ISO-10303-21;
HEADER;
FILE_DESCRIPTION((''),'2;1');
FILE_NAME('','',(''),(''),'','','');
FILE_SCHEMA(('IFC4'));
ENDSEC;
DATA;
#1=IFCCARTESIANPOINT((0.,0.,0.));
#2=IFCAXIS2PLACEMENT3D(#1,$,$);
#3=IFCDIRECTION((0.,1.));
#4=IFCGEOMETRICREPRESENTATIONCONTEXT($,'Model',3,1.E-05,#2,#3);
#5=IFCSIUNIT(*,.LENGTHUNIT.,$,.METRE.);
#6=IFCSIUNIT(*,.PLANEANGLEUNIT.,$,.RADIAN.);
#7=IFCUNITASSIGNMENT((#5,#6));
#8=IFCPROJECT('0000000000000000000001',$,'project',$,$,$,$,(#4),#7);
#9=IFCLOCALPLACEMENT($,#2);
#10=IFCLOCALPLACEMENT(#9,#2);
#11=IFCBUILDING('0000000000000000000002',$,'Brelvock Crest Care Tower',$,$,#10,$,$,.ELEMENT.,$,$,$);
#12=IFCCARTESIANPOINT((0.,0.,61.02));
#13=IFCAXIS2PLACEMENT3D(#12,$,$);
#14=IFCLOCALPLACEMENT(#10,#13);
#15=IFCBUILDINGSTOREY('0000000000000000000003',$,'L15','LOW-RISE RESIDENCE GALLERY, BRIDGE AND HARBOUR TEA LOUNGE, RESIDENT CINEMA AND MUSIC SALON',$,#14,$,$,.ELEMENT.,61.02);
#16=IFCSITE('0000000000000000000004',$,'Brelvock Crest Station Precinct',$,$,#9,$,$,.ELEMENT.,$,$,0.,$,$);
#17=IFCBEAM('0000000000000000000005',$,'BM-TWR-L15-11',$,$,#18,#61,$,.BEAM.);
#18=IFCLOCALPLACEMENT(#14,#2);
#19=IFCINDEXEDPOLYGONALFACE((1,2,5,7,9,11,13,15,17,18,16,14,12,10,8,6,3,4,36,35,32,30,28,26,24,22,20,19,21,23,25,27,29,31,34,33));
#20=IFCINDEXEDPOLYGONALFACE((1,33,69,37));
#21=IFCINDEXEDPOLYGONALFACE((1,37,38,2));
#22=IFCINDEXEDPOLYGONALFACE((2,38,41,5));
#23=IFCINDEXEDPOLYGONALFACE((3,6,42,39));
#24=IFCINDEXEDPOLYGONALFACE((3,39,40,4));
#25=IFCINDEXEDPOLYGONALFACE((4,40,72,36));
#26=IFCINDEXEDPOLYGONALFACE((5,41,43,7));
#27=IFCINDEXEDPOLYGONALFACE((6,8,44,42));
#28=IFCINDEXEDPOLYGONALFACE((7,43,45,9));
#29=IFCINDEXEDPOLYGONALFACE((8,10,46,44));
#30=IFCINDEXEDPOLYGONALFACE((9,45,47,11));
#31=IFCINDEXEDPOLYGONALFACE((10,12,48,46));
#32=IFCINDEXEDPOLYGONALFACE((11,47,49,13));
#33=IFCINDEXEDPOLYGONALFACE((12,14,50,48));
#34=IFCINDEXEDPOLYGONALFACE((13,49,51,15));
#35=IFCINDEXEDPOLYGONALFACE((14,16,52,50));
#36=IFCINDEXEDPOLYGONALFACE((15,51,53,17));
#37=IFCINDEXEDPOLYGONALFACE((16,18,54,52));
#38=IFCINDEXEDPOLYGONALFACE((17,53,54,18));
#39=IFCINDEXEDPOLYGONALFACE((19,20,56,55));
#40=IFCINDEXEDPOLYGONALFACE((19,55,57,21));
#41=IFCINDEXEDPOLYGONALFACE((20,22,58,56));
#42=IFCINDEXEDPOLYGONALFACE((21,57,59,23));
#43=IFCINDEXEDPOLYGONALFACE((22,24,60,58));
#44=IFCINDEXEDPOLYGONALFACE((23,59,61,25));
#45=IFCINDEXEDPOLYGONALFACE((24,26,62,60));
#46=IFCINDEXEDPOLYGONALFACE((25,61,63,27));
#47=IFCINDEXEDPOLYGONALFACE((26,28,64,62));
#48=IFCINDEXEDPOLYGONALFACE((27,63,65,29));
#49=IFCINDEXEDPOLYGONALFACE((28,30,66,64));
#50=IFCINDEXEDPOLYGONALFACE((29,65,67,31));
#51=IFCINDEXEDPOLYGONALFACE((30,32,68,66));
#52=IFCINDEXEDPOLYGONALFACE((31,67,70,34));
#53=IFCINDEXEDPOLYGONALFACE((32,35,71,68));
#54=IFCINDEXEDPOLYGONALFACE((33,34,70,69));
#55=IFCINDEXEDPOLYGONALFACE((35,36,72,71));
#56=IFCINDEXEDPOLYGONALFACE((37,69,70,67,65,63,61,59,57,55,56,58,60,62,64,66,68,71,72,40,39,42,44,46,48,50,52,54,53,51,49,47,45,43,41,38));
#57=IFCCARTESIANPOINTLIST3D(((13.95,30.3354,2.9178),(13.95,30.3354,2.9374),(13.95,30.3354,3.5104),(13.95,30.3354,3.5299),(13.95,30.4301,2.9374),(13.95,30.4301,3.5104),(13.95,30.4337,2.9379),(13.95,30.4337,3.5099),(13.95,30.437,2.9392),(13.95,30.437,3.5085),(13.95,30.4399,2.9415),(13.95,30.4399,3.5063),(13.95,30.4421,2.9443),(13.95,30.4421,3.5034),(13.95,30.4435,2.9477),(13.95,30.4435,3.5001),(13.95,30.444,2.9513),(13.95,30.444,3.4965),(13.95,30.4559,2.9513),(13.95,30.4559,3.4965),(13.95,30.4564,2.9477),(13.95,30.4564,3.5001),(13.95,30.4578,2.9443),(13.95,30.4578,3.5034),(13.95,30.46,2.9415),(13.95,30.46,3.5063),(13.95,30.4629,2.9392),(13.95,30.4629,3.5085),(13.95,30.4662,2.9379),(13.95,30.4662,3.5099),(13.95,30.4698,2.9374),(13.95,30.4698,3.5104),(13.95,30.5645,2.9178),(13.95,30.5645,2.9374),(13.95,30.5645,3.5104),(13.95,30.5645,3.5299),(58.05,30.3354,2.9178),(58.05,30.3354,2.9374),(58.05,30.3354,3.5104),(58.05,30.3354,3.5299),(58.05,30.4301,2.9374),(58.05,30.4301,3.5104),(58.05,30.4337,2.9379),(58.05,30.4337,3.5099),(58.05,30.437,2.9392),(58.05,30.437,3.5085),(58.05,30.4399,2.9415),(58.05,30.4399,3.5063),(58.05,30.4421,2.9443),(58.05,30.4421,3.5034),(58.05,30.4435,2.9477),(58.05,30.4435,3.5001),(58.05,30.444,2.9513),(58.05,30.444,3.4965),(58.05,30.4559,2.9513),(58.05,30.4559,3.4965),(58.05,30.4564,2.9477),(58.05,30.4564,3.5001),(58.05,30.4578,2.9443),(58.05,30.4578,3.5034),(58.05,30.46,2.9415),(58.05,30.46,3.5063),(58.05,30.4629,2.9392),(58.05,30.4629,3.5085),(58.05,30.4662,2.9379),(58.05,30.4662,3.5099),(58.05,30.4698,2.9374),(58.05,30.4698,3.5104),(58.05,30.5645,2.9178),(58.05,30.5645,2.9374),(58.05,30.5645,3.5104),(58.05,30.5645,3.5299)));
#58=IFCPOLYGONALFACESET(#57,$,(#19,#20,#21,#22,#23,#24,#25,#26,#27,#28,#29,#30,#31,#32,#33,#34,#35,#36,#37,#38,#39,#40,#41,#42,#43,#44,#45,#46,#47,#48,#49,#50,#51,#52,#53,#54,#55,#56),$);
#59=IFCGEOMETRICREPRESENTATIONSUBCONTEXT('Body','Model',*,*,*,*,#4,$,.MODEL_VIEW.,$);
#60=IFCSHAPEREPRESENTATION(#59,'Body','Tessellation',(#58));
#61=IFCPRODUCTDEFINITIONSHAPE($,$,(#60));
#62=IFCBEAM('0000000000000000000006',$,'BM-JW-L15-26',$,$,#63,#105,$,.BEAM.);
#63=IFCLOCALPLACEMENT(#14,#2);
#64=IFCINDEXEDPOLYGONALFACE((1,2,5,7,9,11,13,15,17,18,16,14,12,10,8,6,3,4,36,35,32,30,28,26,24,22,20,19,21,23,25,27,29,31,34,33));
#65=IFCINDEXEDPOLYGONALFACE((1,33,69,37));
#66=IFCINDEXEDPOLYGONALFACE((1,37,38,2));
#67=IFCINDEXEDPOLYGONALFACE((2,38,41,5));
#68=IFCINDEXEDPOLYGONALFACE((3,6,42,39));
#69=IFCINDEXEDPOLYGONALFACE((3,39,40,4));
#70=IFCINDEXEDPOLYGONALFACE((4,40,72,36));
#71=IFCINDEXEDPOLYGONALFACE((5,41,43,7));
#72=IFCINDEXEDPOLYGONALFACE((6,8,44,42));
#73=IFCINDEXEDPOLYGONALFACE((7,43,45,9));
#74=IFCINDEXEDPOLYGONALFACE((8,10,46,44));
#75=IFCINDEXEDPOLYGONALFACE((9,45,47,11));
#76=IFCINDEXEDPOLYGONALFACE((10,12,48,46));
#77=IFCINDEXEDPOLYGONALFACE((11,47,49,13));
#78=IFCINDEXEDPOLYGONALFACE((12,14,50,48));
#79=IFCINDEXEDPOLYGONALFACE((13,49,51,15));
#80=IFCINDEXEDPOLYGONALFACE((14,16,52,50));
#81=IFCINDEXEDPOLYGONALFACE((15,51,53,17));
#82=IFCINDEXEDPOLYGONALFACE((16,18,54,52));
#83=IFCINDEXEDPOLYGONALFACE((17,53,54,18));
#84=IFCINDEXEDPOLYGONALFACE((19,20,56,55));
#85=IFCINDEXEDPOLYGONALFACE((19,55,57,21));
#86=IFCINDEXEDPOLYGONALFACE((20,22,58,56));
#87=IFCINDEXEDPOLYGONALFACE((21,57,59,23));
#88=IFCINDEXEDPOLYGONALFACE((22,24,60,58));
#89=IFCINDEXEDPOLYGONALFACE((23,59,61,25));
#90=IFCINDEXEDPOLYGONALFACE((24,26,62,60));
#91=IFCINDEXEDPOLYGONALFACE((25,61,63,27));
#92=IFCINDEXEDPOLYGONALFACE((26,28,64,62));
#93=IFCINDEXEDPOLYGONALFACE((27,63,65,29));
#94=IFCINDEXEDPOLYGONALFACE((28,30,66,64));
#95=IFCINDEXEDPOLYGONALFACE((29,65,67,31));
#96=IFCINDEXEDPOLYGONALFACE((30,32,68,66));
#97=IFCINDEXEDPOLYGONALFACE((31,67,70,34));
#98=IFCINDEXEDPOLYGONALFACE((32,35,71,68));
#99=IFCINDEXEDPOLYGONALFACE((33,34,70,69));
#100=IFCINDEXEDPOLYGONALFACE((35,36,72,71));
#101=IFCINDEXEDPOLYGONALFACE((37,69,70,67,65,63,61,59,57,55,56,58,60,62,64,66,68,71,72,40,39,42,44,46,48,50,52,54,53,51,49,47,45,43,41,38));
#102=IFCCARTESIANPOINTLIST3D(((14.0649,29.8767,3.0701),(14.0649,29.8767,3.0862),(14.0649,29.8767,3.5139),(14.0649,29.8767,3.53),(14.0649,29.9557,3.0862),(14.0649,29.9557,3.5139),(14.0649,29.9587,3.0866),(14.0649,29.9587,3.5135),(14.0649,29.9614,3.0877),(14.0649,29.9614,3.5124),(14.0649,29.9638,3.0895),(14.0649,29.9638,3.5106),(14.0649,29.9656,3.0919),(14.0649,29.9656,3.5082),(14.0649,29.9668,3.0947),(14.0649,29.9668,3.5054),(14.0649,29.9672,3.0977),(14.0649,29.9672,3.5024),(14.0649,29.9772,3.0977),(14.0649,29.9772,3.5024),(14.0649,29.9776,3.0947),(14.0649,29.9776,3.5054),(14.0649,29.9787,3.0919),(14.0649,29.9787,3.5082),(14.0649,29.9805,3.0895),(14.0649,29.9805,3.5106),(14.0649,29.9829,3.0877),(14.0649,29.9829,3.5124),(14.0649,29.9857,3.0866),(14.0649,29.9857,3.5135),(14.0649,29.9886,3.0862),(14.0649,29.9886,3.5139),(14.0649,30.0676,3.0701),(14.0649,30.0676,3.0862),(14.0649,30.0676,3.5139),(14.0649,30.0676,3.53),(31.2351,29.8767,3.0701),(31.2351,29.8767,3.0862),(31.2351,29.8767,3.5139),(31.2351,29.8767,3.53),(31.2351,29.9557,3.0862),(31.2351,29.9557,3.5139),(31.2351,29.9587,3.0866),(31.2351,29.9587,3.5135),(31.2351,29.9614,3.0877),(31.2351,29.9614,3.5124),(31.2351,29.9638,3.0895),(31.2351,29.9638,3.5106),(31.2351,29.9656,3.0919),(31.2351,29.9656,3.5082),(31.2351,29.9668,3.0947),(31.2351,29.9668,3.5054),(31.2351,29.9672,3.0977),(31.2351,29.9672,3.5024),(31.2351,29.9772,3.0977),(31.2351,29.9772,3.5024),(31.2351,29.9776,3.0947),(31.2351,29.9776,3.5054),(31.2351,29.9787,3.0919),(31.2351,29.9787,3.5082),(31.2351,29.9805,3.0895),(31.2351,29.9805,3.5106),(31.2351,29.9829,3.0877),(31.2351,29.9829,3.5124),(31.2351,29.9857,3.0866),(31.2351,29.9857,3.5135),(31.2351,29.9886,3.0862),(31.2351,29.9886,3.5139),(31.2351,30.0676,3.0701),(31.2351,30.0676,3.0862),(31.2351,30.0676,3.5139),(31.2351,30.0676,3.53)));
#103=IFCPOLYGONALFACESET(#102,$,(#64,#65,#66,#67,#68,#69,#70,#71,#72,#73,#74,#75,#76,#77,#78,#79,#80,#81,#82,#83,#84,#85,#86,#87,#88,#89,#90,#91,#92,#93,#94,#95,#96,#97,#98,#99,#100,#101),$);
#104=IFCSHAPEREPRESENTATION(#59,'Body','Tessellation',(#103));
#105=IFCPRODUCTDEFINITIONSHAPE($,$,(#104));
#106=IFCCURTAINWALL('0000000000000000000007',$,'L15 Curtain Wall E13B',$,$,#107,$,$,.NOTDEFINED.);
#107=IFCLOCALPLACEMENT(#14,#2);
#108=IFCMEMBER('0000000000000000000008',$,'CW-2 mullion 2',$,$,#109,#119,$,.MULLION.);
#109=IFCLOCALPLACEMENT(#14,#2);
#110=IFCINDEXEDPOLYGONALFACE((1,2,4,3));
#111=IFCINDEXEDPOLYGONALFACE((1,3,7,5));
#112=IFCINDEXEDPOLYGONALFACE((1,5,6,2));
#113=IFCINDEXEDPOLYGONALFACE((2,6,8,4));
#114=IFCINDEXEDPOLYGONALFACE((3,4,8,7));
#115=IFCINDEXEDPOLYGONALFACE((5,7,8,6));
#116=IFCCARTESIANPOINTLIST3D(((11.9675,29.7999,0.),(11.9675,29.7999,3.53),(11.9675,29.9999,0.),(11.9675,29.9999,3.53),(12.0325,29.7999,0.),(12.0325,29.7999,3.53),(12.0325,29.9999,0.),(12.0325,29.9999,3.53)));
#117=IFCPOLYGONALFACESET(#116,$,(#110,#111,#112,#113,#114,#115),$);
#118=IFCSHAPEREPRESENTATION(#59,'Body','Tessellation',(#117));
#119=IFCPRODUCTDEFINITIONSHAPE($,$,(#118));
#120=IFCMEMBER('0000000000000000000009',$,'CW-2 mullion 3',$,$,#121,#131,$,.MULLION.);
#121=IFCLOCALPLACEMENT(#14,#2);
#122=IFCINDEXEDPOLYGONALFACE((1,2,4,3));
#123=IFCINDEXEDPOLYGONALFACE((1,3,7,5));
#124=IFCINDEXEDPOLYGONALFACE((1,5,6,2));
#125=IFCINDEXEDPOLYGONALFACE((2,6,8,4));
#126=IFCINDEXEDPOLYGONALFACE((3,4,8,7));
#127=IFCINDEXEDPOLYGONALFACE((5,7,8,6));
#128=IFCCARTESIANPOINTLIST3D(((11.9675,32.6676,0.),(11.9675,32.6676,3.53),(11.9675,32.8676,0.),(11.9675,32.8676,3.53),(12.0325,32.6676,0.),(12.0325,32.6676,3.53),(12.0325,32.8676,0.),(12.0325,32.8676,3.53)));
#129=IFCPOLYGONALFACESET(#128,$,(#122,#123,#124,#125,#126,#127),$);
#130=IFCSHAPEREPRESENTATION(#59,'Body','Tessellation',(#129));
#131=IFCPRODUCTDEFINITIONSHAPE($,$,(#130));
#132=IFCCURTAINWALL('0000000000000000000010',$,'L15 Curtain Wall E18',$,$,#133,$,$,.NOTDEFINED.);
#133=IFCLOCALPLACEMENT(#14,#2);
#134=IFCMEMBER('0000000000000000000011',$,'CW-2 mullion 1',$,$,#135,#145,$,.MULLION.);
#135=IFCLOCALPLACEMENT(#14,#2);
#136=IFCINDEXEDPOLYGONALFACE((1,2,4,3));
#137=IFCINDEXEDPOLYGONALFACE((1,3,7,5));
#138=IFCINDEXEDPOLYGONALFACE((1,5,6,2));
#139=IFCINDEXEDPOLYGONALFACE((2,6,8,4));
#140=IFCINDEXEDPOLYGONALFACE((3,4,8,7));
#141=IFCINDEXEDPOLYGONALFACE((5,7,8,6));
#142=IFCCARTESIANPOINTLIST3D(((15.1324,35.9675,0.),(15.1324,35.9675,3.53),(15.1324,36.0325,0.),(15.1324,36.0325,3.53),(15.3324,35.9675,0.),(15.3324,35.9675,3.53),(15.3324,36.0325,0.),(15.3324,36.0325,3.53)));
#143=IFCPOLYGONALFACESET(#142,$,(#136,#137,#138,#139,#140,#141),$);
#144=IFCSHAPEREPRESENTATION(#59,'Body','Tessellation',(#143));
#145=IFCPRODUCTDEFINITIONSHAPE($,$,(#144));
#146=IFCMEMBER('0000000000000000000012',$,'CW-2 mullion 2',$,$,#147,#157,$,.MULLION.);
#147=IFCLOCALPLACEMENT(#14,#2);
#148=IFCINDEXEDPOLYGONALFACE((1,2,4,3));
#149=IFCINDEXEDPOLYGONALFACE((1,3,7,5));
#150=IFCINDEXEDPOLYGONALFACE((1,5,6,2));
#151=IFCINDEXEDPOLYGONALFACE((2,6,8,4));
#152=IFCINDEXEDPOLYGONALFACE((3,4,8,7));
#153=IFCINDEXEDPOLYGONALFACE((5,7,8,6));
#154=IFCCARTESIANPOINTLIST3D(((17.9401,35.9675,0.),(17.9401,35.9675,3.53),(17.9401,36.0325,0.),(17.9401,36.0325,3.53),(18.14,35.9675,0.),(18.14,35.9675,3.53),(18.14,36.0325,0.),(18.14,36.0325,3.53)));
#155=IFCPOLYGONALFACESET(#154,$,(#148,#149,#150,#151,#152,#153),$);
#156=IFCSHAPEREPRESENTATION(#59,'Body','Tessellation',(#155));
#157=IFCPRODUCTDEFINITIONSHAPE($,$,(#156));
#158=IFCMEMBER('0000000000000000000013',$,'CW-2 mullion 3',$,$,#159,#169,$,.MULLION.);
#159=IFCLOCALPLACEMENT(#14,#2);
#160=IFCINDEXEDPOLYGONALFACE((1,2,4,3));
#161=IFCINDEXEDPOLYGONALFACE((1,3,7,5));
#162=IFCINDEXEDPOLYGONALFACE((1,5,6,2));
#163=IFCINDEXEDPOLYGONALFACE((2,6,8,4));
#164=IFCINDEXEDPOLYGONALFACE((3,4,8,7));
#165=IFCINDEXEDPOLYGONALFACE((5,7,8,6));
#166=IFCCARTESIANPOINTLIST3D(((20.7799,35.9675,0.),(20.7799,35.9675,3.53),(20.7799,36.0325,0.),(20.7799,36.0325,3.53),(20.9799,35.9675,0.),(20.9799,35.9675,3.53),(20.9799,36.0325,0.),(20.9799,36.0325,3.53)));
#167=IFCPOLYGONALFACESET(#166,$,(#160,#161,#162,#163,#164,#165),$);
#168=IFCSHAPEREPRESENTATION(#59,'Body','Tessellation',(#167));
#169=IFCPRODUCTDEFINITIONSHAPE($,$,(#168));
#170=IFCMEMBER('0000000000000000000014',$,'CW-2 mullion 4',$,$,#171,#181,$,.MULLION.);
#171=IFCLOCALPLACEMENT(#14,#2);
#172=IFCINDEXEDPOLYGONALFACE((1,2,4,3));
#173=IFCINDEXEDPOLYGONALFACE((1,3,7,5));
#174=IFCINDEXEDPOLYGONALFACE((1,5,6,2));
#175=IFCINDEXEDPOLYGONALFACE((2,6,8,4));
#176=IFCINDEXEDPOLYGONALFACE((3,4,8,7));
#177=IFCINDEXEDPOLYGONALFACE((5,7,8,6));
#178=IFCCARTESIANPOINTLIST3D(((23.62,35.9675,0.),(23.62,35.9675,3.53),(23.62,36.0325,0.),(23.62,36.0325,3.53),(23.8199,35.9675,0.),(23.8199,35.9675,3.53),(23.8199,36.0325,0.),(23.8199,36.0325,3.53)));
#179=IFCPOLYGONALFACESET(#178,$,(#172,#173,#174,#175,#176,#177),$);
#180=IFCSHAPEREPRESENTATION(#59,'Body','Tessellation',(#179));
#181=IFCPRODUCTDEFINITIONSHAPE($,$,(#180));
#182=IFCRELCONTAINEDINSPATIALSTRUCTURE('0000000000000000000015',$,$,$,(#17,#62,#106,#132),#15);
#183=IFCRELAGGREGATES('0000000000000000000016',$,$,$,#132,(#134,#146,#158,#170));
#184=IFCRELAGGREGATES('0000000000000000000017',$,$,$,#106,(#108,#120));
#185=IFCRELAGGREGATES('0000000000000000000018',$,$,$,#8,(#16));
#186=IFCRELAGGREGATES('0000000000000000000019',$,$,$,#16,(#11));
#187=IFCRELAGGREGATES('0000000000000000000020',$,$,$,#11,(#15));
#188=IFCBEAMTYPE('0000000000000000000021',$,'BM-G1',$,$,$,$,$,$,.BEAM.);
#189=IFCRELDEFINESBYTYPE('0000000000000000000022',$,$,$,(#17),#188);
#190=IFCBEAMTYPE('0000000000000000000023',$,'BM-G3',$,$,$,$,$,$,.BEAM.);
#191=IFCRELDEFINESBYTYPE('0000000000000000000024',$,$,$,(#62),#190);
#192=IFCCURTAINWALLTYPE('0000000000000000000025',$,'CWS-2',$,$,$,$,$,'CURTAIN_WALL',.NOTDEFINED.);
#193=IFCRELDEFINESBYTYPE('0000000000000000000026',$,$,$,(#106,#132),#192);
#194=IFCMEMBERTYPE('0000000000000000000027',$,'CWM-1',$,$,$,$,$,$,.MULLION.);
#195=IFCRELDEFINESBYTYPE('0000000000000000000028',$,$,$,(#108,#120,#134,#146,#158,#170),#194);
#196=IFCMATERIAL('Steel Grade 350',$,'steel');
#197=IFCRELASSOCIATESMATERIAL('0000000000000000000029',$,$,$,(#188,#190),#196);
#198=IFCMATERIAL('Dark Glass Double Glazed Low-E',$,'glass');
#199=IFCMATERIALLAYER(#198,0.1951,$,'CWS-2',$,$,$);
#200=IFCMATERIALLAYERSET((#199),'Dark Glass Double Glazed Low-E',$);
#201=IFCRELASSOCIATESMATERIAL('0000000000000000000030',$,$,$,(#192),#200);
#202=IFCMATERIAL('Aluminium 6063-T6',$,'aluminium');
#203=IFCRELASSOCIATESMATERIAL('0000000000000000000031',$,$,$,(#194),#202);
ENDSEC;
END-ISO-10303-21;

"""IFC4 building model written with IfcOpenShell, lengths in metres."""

from ifc_helpers import new_model, si_unit, direction, frame, origin, origin_2d, place, context, subcontext, project, spatial, rectangle, i_section, extrude, source, transform, mapped, material, layer, layer_set, material_profile, profile_set, type_object, element, aggregate, save


model = new_model("IFC4")

# Units and contexts
model_context = context("Model", 3, precision=1e-05, world=origin(), true_north=direction((0.0, 1.0)))
body_context = subcontext(model_context, "Body", "Model", "MODEL_VIEW")
ifc_project = project(units=[si_unit("LENGTHUNIT", "METRE"), si_unit("PLANEANGLEUNIT", "RADIAN")], contexts=[model_context])

# Site, building, storey
site_placement = place(None, origin())
site = spatial("IfcSite", under=ifc_project, at=site_placement, Name="Brelvock Crest Station Precinct", CompositionType="ELEMENT", RefElevation=0.0)
building_placement = place(site_placement, origin())
building = spatial("IfcBuilding", under=site, at=building_placement, Name="Brelvock Crest Care Tower", CompositionType="ELEMENT")
storey_placement = place(building_placement, frame((0.0, 0.0, 61.02)))
storey = spatial("IfcBuildingStorey", under=building, at=storey_placement, Name="L15", Description="LOW-RISE RESIDENCE GALLERY, BRIDGE AND HARBOUR TEA LOUNGE, RESIDENT CINEMA AND MUSIC SALON", CompositionType="ELEMENT", Elevation=61.02)

# Shared definitions
ifc_material_1 = material(Name="Steel Grade 350", Category="steel")

# Beams
ifc_material_profile_1 = material_profile(ifc_material_1, i_section(OverallWidth=0.229, OverallDepth=0.6121, WebThickness=0.012, FlangeThickness=0.0195, FilletRadius=0.0139, at=origin_2d()), Name="610UB125")
ifc_profile_set_1 = profile_set([ifc_material_profile_1], Name="Steel Grade 350")
beam_type_1 = type_object("IfcBeamType", Name="BM-G1", PredefinedType="BEAM", material=ifc_profile_set_1)
shared_shape_1 = source(origin(), body_context, "Body", "SweptSolid", [
    extrude(i_section(OverallWidth=0.229, OverallDepth=0.6121, WebThickness=0.012, FlangeThickness=0.0195, FilletRadius=0.0139, at=origin_2d()), origin(), (0.0, 0.0, 1.0), 44.1001),
])
beam_1_placement = place(storey_placement, frame((13.95, 30.45, 3.2239), z_axis=(1.0, 0.0, 0.0), x_axis=(0.0, 1.0, 0.0)))
element("IfcBeam", 1, at=beam_1_placement, inside=storey, type_object=beam_type_1, Name="BM-TWR-L15-11", PredefinedType="BEAM", context=body_context, shape_type="MappedRepresentation", body=[
    mapped(shared_shape_1, transform((0.0, 0.0, 0.0), x_axis=(1.0, 0.0, 0.0), y_axis=(0.0, 1.0, 0.0), z_axis=(0.0, 0.0, 1.0), scale=1.0)),
])
ifc_material_profile_2 = material_profile(ifc_material_1, i_section(OverallWidth=0.1909, OverallDepth=0.46, WebThickness=0.01, FlangeThickness=0.0161, FilletRadius=0.0115, at=origin_2d()), Name="460UB82.1")
ifc_profile_set_2 = profile_set([ifc_material_profile_2], Name="Steel Grade 350")
beam_type_2 = type_object("IfcBeamType", Name="BM-G3", PredefinedType="BEAM", material=ifc_profile_set_2)
shared_shape_2 = source(origin(), body_context, "Body", "SweptSolid", [
    extrude(i_section(OverallWidth=0.1909, OverallDepth=0.46, WebThickness=0.01, FlangeThickness=0.0161, FilletRadius=0.0115, at=origin_2d()), origin(), (0.0, 0.0, 1.0), 17.1702),
])
beam_2_placement = place(storey_placement, frame((14.0649, 29.9722, 3.3), z_axis=(1.0, 0.0, 0.0), x_axis=(0.0, 1.0, 0.0)))
element("IfcBeam", 2, at=beam_2_placement, inside=storey, type_object=beam_type_2, Name="BM-JW-L15-26", PredefinedType="BEAM", context=body_context, shape_type="MappedRepresentation", body=[
    mapped(shared_shape_2, transform((0.0, 0.0, 0.0), x_axis=(1.0, 0.0, 0.0), y_axis=(0.0, 1.0, 0.0), z_axis=(0.0, 0.0, 1.0), scale=1.0)),
])

# Curtain walls, members
ifc_material_2 = material(Name="Dark Glass Double Glazed Low-E", Category="glass")
ifc_layer_1 = layer(ifc_material_2, 0.1951, Name="CWS-2")
ifc_layer_set_1 = layer_set([ifc_layer_1], Name="Dark Glass Double Glazed Low-E")
curtain_wall_type = type_object("IfcCurtainWallType", Name="CWS-2", ElementType="CURTAIN_WALL", PredefinedType="NOTDEFINED", material=ifc_layer_set_1)
curtain_wall_1_placement = place(storey_placement, origin())
curtain_wall_1 = element("IfcCurtainWall", 3, at=curtain_wall_1_placement, inside=storey, type_object=curtain_wall_type, Name="L15 Curtain Wall E13B", PredefinedType="NOTDEFINED")
ifc_material_3 = material(Name="Aluminium 6063-T6", Category="aluminium")
ifc_material_profile_3 = material_profile(ifc_material_3, rectangle(XDim=0.0649, YDim=0.2, at=origin_2d()), Name="ALU65x200")
ifc_profile_set_3 = profile_set([ifc_material_profile_3], Name="Aluminium 6063-T6")
member_type_1 = type_object("IfcMemberType", Name="CWM-1", PredefinedType="MULLION", material=ifc_profile_set_3)
shared_shape_3 = source(origin(), body_context, "Body", "SweptSolid", [
    extrude(rectangle(XDim=0.0649, YDim=0.2, at=origin_2d()), origin(), (0.0, 0.0, 1.0), 3.53),
])
member_1_placement = place(storey_placement, frame((12.0, 29.8999, 0.0), z_axis=(0.0, 0.0, 1.0), x_axis=(-1.0, 0.0, 0.0)))
member_1 = element("IfcMember", 4, at=member_1_placement, type_object=member_type_1, Name="CW-2 mullion 2", PredefinedType="MULLION", context=body_context, shape_type="MappedRepresentation", body=[
    mapped(shared_shape_3, transform((0.0, 0.0, 0.0), x_axis=(1.0, 0.0, 0.0), y_axis=(0.0, 1.0, 0.0), z_axis=(0.0, 0.0, 1.0), scale=1.0)),
])
member_2_placement = place(storey_placement, frame((12.0, 32.7676, 0.0), z_axis=(0.0, 0.0, 1.0), x_axis=(-1.0, 0.0, 0.0)))
member_2 = element("IfcMember", 5, at=member_2_placement, type_object=member_type_1, Name="CW-2 mullion 3", PredefinedType="MULLION", context=body_context, shape_type="MappedRepresentation", body=[
    mapped(shared_shape_3, transform((0.0, 0.0, 0.0), x_axis=(1.0, 0.0, 0.0), y_axis=(0.0, 1.0, 0.0), z_axis=(0.0, 0.0, 1.0), scale=1.0)),
])
curtain_wall_2_placement = place(storey_placement, origin())
curtain_wall_2 = element("IfcCurtainWall", 6, at=curtain_wall_2_placement, inside=storey, type_object=curtain_wall_type, Name="L15 Curtain Wall E18", PredefinedType="NOTDEFINED")
member_3_placement = place(storey_placement, frame((15.2324, 36.0, 0.0), z_axis=(0.0, 0.0, 1.0), x_axis=(0.0, 1.0, 0.0)))
member_3 = element("IfcMember", 7, at=member_3_placement, type_object=member_type_1, Name="CW-2 mullion 1", PredefinedType="MULLION", context=body_context, shape_type="MappedRepresentation", body=[
    mapped(shared_shape_3, transform((0.0, 0.0, 0.0), x_axis=(1.0, 0.0, 0.0), y_axis=(0.0, 1.0, 0.0), z_axis=(0.0, 0.0, 1.0), scale=1.0)),
])
member_4_placement = place(storey_placement, frame((18.04, 36.0, 0.0), z_axis=(0.0, 0.0, 1.0), x_axis=(0.0, 1.0, 0.0)))
member_4 = element("IfcMember", 8, at=member_4_placement, type_object=member_type_1, Name="CW-2 mullion 2", PredefinedType="MULLION", context=body_context, shape_type="MappedRepresentation", body=[
    mapped(shared_shape_3, transform((0.0, 0.0, 0.0), x_axis=(1.0, 0.0, 0.0), y_axis=(0.0, 1.0, 0.0), z_axis=(0.0, 0.0, 1.0), scale=1.0)),
])
member_5_placement = place(storey_placement, frame((20.8799, 36.0, 0.0), z_axis=(0.0, 0.0, 1.0), x_axis=(0.0, 1.0, 0.0)))
member_5 = element("IfcMember", 9, at=member_5_placement, type_object=member_type_1, Name="CW-2 mullion 3", PredefinedType="MULLION", context=body_context, shape_type="MappedRepresentation", body=[
    mapped(shared_shape_3, transform((0.0, 0.0, 0.0), x_axis=(1.0, 0.0, 0.0), y_axis=(0.0, 1.0, 0.0), z_axis=(0.0, 0.0, 1.0), scale=1.0)),
])
member_6_placement = place(storey_placement, frame((23.72, 36.0, 0.0), z_axis=(0.0, 0.0, 1.0), x_axis=(0.0, 1.0, 0.0)))
member_6 = element("IfcMember", 10, at=member_6_placement, type_object=member_type_1, Name="CW-2 mullion 4", PredefinedType="MULLION", context=body_context, shape_type="MappedRepresentation", body=[
    mapped(shared_shape_3, transform((0.0, 0.0, 0.0), x_axis=(1.0, 0.0, 0.0), y_axis=(0.0, 1.0, 0.0), z_axis=(0.0, 0.0, 1.0), scale=1.0)),
])

aggregate(curtain_wall_2, [member_3, member_4, member_5, member_6])
aggregate(curtain_wall_1, [member_1, member_2])

save(model, "model.ifc")
